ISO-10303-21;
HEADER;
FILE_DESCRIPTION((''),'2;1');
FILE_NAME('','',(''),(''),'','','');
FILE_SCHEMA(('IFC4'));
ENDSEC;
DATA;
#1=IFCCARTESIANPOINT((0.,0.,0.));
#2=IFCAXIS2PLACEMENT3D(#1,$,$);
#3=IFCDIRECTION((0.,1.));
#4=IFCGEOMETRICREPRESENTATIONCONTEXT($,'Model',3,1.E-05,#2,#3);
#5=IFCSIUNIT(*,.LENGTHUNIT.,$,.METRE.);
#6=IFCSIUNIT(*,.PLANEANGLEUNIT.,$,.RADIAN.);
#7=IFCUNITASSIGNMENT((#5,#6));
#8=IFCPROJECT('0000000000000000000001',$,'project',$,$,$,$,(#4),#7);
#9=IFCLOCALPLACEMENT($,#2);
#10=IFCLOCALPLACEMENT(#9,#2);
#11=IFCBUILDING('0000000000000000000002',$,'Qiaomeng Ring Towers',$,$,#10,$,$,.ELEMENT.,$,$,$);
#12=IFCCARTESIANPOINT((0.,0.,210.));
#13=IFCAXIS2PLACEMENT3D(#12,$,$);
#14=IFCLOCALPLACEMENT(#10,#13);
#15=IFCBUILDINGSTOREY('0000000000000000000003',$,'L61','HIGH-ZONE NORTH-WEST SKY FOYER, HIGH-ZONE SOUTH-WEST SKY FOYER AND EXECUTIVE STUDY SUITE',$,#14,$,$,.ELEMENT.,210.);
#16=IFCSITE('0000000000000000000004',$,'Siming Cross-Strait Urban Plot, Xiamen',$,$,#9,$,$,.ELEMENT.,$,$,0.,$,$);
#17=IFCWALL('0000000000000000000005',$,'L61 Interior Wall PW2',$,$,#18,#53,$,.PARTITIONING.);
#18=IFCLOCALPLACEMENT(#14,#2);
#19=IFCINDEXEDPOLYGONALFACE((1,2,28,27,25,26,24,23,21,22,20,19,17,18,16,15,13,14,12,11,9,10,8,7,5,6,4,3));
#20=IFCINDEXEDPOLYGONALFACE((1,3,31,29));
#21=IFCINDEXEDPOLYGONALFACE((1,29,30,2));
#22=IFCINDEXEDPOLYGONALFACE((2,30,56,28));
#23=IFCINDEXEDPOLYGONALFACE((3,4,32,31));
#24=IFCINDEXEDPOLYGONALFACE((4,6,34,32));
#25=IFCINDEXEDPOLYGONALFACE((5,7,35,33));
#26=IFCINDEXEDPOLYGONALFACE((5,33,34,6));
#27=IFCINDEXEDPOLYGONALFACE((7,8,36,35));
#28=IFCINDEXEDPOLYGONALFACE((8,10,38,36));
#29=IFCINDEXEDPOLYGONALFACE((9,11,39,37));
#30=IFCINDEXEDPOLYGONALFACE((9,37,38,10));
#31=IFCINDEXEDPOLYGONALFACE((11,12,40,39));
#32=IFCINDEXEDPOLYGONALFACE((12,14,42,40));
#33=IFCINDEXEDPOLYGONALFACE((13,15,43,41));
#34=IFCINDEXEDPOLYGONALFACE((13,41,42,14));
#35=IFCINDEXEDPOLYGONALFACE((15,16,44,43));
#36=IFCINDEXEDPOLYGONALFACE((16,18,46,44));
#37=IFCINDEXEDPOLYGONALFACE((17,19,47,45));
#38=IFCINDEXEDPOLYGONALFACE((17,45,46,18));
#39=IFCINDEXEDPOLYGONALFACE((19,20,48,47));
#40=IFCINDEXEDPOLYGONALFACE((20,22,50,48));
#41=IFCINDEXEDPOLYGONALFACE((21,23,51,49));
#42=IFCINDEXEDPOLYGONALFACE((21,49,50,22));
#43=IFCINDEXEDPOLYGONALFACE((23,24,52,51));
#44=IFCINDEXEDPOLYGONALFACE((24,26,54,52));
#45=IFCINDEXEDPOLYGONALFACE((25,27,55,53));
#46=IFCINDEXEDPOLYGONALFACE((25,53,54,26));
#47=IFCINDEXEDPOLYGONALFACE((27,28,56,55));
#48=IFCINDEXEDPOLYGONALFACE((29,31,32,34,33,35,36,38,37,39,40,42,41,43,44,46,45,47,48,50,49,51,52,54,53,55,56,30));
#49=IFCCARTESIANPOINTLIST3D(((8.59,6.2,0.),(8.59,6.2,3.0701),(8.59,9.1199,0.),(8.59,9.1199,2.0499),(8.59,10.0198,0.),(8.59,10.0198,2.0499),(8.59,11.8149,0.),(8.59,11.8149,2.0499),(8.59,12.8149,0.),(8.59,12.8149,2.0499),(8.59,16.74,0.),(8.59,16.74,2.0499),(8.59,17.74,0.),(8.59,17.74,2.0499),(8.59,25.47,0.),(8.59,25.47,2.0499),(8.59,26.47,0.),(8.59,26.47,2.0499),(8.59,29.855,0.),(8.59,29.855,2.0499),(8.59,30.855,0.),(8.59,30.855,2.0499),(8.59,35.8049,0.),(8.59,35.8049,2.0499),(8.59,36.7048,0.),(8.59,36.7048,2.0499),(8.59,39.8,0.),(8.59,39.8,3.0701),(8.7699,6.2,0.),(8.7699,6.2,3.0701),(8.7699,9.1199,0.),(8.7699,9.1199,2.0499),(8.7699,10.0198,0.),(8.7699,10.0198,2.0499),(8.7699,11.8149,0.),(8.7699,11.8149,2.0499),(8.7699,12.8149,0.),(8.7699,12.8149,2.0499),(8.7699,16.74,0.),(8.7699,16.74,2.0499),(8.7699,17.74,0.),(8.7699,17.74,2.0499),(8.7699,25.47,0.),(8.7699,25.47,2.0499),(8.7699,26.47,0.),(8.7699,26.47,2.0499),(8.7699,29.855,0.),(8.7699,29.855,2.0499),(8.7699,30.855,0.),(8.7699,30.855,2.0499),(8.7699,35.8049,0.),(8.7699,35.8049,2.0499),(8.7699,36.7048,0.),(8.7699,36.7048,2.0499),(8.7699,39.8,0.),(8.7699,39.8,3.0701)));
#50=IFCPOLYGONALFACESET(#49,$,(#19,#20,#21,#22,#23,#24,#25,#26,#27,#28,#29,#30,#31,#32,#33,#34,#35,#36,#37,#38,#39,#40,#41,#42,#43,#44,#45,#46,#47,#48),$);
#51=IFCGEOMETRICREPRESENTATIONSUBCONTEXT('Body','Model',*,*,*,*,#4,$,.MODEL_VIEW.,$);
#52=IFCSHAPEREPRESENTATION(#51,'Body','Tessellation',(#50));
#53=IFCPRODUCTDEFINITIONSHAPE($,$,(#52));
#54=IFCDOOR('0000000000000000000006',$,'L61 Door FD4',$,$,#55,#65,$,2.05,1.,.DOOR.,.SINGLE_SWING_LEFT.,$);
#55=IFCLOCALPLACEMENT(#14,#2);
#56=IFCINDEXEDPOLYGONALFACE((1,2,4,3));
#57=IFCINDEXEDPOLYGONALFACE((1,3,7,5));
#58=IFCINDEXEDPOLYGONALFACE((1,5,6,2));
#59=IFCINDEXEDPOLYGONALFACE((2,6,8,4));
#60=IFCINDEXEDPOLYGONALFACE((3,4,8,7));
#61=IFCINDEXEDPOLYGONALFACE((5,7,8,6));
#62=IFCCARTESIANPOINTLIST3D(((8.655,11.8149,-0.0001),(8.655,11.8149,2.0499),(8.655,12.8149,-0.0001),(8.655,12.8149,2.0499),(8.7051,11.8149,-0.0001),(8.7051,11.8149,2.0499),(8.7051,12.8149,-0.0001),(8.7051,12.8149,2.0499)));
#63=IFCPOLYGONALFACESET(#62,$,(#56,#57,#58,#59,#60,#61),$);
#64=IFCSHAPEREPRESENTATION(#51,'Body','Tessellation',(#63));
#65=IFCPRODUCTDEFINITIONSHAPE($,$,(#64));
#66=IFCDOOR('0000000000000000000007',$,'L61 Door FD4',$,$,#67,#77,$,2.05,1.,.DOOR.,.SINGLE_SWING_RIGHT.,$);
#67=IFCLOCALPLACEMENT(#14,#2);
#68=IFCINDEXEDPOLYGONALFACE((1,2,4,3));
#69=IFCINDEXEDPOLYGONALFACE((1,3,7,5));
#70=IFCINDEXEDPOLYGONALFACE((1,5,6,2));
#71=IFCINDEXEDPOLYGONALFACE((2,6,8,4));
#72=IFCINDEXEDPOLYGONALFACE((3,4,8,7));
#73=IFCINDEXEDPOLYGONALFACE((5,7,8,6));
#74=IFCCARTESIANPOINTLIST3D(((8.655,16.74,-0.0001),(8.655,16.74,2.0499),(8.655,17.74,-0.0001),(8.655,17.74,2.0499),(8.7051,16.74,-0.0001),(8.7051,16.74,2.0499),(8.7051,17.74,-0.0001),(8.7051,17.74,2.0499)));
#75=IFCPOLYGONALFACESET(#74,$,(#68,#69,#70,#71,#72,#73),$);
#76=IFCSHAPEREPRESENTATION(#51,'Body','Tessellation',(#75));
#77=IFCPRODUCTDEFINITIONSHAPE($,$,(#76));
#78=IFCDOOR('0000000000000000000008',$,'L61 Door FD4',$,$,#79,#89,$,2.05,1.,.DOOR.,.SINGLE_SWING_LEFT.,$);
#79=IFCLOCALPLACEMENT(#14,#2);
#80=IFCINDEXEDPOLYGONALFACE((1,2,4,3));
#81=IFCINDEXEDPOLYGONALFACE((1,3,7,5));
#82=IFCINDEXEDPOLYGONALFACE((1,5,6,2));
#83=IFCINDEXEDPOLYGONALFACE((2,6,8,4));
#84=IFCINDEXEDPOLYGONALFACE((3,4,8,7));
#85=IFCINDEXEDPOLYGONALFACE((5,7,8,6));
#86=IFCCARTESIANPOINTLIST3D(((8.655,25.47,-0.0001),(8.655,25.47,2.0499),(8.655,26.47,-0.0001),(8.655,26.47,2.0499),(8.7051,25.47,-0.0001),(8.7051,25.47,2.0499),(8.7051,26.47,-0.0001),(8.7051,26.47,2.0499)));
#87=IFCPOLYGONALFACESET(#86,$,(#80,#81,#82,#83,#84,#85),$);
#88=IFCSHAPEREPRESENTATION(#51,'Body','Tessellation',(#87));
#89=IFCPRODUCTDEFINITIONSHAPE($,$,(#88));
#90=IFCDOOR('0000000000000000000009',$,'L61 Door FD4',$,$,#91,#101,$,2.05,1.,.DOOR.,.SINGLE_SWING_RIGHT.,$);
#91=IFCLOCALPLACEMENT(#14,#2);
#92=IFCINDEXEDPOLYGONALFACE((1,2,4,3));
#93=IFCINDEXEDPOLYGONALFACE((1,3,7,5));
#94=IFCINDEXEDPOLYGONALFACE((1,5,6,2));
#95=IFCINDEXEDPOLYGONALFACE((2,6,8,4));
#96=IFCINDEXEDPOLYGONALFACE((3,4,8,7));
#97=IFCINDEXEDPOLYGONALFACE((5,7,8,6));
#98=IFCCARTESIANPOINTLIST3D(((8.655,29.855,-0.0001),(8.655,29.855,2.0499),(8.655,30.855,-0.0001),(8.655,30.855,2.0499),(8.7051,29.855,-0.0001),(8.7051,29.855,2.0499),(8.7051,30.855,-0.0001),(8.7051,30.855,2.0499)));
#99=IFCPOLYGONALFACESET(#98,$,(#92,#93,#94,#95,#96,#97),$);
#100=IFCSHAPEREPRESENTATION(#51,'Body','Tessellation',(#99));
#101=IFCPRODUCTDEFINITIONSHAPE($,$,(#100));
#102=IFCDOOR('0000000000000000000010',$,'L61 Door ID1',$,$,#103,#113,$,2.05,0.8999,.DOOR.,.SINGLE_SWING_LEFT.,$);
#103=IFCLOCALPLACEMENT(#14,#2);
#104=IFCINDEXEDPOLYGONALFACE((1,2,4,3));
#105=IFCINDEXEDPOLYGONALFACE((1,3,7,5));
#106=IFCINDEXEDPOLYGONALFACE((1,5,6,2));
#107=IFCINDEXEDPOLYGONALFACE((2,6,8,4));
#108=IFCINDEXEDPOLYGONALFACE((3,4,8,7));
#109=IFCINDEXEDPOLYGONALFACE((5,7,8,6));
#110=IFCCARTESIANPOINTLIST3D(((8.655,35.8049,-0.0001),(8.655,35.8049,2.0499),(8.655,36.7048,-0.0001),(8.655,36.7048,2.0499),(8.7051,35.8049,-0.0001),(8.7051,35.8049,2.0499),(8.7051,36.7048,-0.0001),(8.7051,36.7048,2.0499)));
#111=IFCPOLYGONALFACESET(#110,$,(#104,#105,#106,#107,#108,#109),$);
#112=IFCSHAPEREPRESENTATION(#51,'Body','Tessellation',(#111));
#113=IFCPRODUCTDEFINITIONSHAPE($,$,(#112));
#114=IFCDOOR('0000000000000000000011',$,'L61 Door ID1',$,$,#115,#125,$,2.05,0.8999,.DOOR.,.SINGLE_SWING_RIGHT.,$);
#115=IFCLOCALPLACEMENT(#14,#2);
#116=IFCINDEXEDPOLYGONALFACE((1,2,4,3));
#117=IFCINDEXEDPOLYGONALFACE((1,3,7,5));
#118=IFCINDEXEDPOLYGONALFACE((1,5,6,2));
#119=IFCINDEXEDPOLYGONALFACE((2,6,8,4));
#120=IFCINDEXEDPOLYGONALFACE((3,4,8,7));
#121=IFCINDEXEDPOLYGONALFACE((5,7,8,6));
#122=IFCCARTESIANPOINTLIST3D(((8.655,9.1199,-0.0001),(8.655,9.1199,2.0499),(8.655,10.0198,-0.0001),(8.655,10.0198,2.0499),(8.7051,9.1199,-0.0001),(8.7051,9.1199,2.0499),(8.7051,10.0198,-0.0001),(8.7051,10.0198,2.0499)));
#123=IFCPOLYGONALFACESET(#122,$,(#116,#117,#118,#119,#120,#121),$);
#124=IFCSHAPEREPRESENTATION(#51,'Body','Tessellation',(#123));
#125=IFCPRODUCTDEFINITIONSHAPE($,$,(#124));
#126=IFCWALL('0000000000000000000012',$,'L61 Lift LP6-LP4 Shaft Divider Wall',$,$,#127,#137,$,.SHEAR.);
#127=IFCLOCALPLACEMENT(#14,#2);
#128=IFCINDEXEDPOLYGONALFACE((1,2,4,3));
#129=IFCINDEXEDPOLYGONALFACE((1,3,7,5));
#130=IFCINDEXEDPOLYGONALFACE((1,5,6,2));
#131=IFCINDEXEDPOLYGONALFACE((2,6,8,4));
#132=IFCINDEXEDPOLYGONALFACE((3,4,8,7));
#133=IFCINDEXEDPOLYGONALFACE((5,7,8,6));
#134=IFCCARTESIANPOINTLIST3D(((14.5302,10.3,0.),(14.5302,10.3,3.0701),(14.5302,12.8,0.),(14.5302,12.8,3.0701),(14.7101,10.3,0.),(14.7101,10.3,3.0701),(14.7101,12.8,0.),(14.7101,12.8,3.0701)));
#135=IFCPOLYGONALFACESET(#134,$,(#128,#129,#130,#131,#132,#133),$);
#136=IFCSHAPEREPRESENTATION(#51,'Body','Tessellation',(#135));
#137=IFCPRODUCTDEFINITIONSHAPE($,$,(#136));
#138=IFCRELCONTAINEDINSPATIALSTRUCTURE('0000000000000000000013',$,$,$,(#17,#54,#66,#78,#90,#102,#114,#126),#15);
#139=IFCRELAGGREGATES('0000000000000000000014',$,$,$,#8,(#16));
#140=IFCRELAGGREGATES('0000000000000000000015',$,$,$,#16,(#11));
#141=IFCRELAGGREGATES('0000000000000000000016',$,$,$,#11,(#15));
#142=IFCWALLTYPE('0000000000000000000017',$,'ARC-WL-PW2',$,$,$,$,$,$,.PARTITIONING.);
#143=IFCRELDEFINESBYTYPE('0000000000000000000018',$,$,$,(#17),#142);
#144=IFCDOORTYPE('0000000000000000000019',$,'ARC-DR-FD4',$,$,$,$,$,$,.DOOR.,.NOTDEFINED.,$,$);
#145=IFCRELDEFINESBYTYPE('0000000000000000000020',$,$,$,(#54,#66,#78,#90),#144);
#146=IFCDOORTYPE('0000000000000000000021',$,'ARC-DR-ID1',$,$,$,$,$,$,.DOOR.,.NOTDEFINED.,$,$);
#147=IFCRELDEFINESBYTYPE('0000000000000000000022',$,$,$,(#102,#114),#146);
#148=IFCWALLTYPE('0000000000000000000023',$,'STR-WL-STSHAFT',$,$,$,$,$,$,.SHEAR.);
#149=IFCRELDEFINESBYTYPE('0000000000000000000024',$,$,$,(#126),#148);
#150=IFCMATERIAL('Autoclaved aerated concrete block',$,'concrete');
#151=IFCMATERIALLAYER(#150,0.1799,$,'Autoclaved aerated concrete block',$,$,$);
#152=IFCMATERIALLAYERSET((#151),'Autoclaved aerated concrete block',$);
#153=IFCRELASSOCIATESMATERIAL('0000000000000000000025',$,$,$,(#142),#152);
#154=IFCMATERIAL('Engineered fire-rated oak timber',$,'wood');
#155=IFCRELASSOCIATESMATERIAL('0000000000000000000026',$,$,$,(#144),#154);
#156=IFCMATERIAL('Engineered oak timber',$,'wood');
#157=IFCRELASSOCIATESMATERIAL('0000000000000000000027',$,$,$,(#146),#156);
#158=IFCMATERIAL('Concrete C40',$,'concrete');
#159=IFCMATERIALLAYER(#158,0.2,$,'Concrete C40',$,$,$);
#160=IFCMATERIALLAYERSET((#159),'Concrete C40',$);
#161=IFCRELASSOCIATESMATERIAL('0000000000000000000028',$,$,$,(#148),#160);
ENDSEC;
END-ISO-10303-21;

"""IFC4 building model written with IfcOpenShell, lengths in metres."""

from ifc_helpers import new_model, si_unit, direction, frame, frame_2d, origin, place, context, subcontext, project, spatial, rectangle, extrude, source, transform, mapped, material, layer, layer_set, type_object, element, fill, save


model = new_model("IFC4")

# Units and contexts
model_context = context("Model", 3, precision=1e-05, world=origin(), true_north=direction((0.0, 1.0)))
body_context = subcontext(model_context, "Body", "Model", "MODEL_VIEW")
ifc_project = project(units=[si_unit("LENGTHUNIT", "METRE"), si_unit("PLANEANGLEUNIT", "RADIAN")], contexts=[model_context])

# Site, building, storey
site_placement = place(None, origin())
site = spatial("IfcSite", under=ifc_project, at=site_placement, Name="Siming Cross-Strait Urban Plot, Xiamen", CompositionType="ELEMENT", RefElevation=0.0)
building_placement = place(site_placement, origin())
building = spatial("IfcBuilding", under=site, at=building_placement, Name="Qiaomeng Ring Towers", CompositionType="ELEMENT")
storey_placement = place(building_placement, frame((0.0, 0.0, 210.0)))
storey = spatial("IfcBuildingStorey", under=building, at=storey_placement, Name="L61", Description="HIGH-ZONE NORTH-WEST SKY FOYER, HIGH-ZONE SOUTH-WEST SKY FOYER AND EXECUTIVE STUDY SUITE", CompositionType="ELEMENT", Elevation=210.0)

# Shared definitions
ifc_material_1 = material(Name="Autoclaved aerated concrete block", Category="concrete")

# Wall, openings, doors
ifc_layer_1 = layer(ifc_material_1, 0.1799, Name="Autoclaved aerated concrete block")
ifc_layer_set_1 = layer_set([ifc_layer_1], Name="Autoclaved aerated concrete block")
wall_type_1 = type_object("IfcWallType", Name="ARC-WL-PW2", PredefinedType="PARTITIONING", material=ifc_layer_set_1)
wall_1_placement = place(storey_placement, frame((8.6799, 6.2, 0.0), z_axis=(0.0, 0.0, 1.0), x_axis=(0.0, 1.0, 0.0)))
wall_1 = element("IfcWall", 1, at=wall_1_placement, inside=storey, type_object=wall_type_1, Name="L61 Interior Wall PW2", PredefinedType="PARTITIONING", context=body_context, shape_type="SweptSolid", body=[
    extrude(rectangle(XDim=33.6001, YDim=0.1799, at=frame_2d((16.8, 0.0))), origin(), (0.0, 0.0, 1.0), 3.0701),
])
opening_1_placement = place(wall_1_placement, frame((29.605, 0.0, 0.0)))
opening_1 = element("IfcOpeningElement", 2, at=opening_1_placement, cuts=wall_1, PredefinedType="OPENING", context=body_context, shape_type="SweptSolid", body=[
    extrude(rectangle(XDim=0.8999, YDim=2.05, at=frame_2d((0.45, 1.0249))), frame((0.0, 0.0999, 0.0), z_axis=(0.0, -1.0, 0.0), x_axis=(1.0, 0.0, 0.0)), (0.0, 0.0, 1.0), 0.2),
])
opening_2_placement = place(wall_1_placement, frame((2.9199, 0.0, 0.0)))
opening_2 = element("IfcOpeningElement", 3, at=opening_2_placement, cuts=wall_1, PredefinedType="OPENING", context=body_context, shape_type="SweptSolid", body=[
    extrude(rectangle(XDim=0.8999, YDim=2.05, at=frame_2d((0.45, 1.0249))), frame((0.0, 0.0999, 0.0), z_axis=(0.0, -1.0, 0.0), x_axis=(1.0, 0.0, 0.0)), (0.0, 0.0, 1.0), 0.2),
])
opening_3_placement = place(wall_1_placement, frame((5.615, 0.0, 0.0)))
opening_3 = element("IfcOpeningElement", 4, at=opening_3_placement, cuts=wall_1, PredefinedType="OPENING", context=body_context, shape_type="SweptSolid", body=[
    extrude(rectangle(XDim=1.0, YDim=2.05, at=frame_2d((0.5, 1.0249))), frame((0.0, 0.0999, 0.0), z_axis=(0.0, -1.0, 0.0), x_axis=(1.0, 0.0, 0.0)), (0.0, 0.0, 1.0), 0.2),
])
opening_4_placement = place(wall_1_placement, frame((10.54, 0.0, 0.0)))
opening_4 = element("IfcOpeningElement", 5, at=opening_4_placement, cuts=wall_1, PredefinedType="OPENING", context=body_context, shape_type="SweptSolid", body=[
    extrude(rectangle(XDim=1.0, YDim=2.05, at=frame_2d((0.5, 1.0249))), frame((0.0, 0.0999, 0.0), z_axis=(0.0, -1.0, 0.0), x_axis=(1.0, 0.0, 0.0)), (0.0, 0.0, 1.0), 0.2),
])
opening_5_placement = place(wall_1_placement, frame((19.27, 0.0, 0.0)))
opening_5 = element("IfcOpeningElement", 6, at=opening_5_placement, cuts=wall_1, PredefinedType="OPENING", context=body_context, shape_type="SweptSolid", body=[
    extrude(rectangle(XDim=1.0, YDim=2.05, at=frame_2d((0.5, 1.0249))), frame((0.0, 0.0999, 0.0), z_axis=(0.0, -1.0, 0.0), x_axis=(1.0, 0.0, 0.0)), (0.0, 0.0, 1.0), 0.2),
])
opening_6_placement = place(wall_1_placement, frame((23.655, 0.0, 0.0)))
opening_6 = element("IfcOpeningElement", 7, at=opening_6_placement, cuts=wall_1, PredefinedType="OPENING", context=body_context, shape_type="SweptSolid", body=[
    extrude(rectangle(XDim=1.0, YDim=2.05, at=frame_2d((0.5, 1.0249))), frame((0.0, 0.0999, 0.0), z_axis=(0.0, -1.0, 0.0), x_axis=(1.0, 0.0, 0.0)), (0.0, 0.0, 1.0), 0.2),
])
ifc_material_2 = material(Name="Engineered fire-rated oak timber", Category="wood")
door_type_1 = type_object("IfcDoorType", Name="ARC-DR-FD4", OperationType="NOTDEFINED", PredefinedType="DOOR", material=ifc_material_2)
shared_shape_1 = source(origin(), body_context, "Body", "SweptSolid", [
    extrude(rectangle(XDim=1.0, YDim=2.05, at=frame_2d((0.5, 1.0249))), frame((0.0, 0.0249, 0.0), z_axis=(0.0, -1.0, 0.0), x_axis=(1.0, 0.0, 0.0)), (0.0, 0.0, 1.0), 0.05),
])
door_1_placement = place(opening_3_placement, origin())
door_1 = element("IfcDoor", 8, at=door_1_placement, inside=storey, type_object=door_type_1, Name="L61 Door FD4", OperationType="SINGLE_SWING_LEFT", OverallHeight=2.05, OverallWidth=1.0, PredefinedType="DOOR", context=body_context, shape_type="MappedRepresentation", body=[
    mapped(shared_shape_1, transform((0.0, 0.0, 0.0), x_axis=(1.0, 0.0, 0.0), y_axis=(0.0, 1.0, 0.0), z_axis=(0.0, 0.0, 1.0), scale=1.0)),
])
fill(opening_3, door_1)
door_2_placement = place(opening_4_placement, origin())
door_2 = element("IfcDoor", 9, at=door_2_placement, inside=storey, type_object=door_type_1, Name="L61 Door FD4", OperationType="SINGLE_SWING_RIGHT", OverallHeight=2.05, OverallWidth=1.0, PredefinedType="DOOR", context=body_context, shape_type="MappedRepresentation", body=[
    mapped(shared_shape_1, transform((0.0, 0.0, 0.0), x_axis=(1.0, 0.0, 0.0), y_axis=(0.0, 1.0, 0.0), z_axis=(0.0, 0.0, 1.0), scale=1.0)),
])
fill(opening_4, door_2)
door_3_placement = place(opening_5_placement, origin())
door_3 = element("IfcDoor", 10, at=door_3_placement, inside=storey, type_object=door_type_1, Name="L61 Door FD4", OperationType="SINGLE_SWING_LEFT", OverallHeight=2.05, OverallWidth=1.0, PredefinedType="DOOR", context=body_context, shape_type="MappedRepresentation", body=[
    mapped(shared_shape_1, transform((0.0, 0.0, 0.0), x_axis=(1.0, 0.0, 0.0), y_axis=(0.0, 1.0, 0.0), z_axis=(0.0, 0.0, 1.0), scale=1.0)),
])
fill(opening_5, door_3)
door_4_placement = place(opening_6_placement, origin())
door_4 = element("IfcDoor", 11, at=door_4_placement, inside=storey, type_object=door_type_1, Name="L61 Door FD4", OperationType="SINGLE_SWING_RIGHT", OverallHeight=2.05, OverallWidth=1.0, PredefinedType="DOOR", context=body_context, shape_type="MappedRepresentation", body=[
    mapped(shared_shape_1, transform((0.0, 0.0, 0.0), x_axis=(1.0, 0.0, 0.0), y_axis=(0.0, 1.0, 0.0), z_axis=(0.0, 0.0, 1.0), scale=1.0)),
])
fill(opening_6, door_4)
ifc_material_3 = material(Name="Engineered oak timber", Category="wood")
door_type_2 = type_object("IfcDoorType", Name="ARC-DR-ID1", OperationType="NOTDEFINED", PredefinedType="DOOR", material=ifc_material_3)
shared_shape_2 = source(origin(), body_context, "Body", "SweptSolid", [
    extrude(rectangle(XDim=0.8999, YDim=2.05, at=frame_2d((0.45, 1.0249))), frame((0.0, 0.0249, 0.0), z_axis=(0.0, -1.0, 0.0), x_axis=(1.0, 0.0, 0.0)), (0.0, 0.0, 1.0), 0.05),
])
door_5_placement = place(opening_1_placement, origin())
door_5 = element("IfcDoor", 12, at=door_5_placement, inside=storey, type_object=door_type_2, Name="L61 Door ID1", OperationType="SINGLE_SWING_LEFT", OverallHeight=2.05, OverallWidth=0.8999, PredefinedType="DOOR", context=body_context, shape_type="MappedRepresentation", body=[
    mapped(shared_shape_2, transform((0.0, 0.0, 0.0), x_axis=(1.0, 0.0, 0.0), y_axis=(0.0, 1.0, 0.0), z_axis=(0.0, 0.0, 1.0), scale=1.0)),
])
fill(opening_1, door_5)
door_6_placement = place(opening_2_placement, origin())
door_6 = element("IfcDoor", 13, at=door_6_placement, inside=storey, type_object=door_type_2, Name="L61 Door ID1", OperationType="SINGLE_SWING_RIGHT", OverallHeight=2.05, OverallWidth=0.8999, PredefinedType="DOOR", context=body_context, shape_type="MappedRepresentation", body=[
    mapped(shared_shape_2, transform((0.0, 0.0, 0.0), x_axis=(1.0, 0.0, 0.0), y_axis=(0.0, 1.0, 0.0), z_axis=(0.0, 0.0, 1.0), scale=1.0)),
])
fill(opening_2, door_6)

# Wall
ifc_material_4 = material(Name="Concrete C40", Category="concrete")
ifc_layer_2 = layer(ifc_material_4, 0.2, Name="Concrete C40")
ifc_layer_set_2 = layer_set([ifc_layer_2], Name="Concrete C40")
wall_type_2 = type_object("IfcWallType", Name="STR-WL-STSHAFT", PredefinedType="SHEAR", material=ifc_layer_set_2)
wall_2_placement = place(storey_placement, frame((14.6201, 10.3, 0.0), z_axis=(0.0, 0.0, 1.0), x_axis=(0.0, 1.0, 0.0)))
element("IfcWall", 14, at=wall_2_placement, inside=storey, type_object=wall_type_2, Name="L61 Lift LP6-LP4 Shaft Divider Wall", PredefinedType="SHEAR", context=body_context, shape_type="SweptSolid", body=[
    extrude(rectangle(XDim=2.5, YDim=0.1799, at=frame_2d((1.25, 0.0))), origin(), (0.0, 0.0, 1.0), 3.0701),
])

save(model, "model.ifc")
